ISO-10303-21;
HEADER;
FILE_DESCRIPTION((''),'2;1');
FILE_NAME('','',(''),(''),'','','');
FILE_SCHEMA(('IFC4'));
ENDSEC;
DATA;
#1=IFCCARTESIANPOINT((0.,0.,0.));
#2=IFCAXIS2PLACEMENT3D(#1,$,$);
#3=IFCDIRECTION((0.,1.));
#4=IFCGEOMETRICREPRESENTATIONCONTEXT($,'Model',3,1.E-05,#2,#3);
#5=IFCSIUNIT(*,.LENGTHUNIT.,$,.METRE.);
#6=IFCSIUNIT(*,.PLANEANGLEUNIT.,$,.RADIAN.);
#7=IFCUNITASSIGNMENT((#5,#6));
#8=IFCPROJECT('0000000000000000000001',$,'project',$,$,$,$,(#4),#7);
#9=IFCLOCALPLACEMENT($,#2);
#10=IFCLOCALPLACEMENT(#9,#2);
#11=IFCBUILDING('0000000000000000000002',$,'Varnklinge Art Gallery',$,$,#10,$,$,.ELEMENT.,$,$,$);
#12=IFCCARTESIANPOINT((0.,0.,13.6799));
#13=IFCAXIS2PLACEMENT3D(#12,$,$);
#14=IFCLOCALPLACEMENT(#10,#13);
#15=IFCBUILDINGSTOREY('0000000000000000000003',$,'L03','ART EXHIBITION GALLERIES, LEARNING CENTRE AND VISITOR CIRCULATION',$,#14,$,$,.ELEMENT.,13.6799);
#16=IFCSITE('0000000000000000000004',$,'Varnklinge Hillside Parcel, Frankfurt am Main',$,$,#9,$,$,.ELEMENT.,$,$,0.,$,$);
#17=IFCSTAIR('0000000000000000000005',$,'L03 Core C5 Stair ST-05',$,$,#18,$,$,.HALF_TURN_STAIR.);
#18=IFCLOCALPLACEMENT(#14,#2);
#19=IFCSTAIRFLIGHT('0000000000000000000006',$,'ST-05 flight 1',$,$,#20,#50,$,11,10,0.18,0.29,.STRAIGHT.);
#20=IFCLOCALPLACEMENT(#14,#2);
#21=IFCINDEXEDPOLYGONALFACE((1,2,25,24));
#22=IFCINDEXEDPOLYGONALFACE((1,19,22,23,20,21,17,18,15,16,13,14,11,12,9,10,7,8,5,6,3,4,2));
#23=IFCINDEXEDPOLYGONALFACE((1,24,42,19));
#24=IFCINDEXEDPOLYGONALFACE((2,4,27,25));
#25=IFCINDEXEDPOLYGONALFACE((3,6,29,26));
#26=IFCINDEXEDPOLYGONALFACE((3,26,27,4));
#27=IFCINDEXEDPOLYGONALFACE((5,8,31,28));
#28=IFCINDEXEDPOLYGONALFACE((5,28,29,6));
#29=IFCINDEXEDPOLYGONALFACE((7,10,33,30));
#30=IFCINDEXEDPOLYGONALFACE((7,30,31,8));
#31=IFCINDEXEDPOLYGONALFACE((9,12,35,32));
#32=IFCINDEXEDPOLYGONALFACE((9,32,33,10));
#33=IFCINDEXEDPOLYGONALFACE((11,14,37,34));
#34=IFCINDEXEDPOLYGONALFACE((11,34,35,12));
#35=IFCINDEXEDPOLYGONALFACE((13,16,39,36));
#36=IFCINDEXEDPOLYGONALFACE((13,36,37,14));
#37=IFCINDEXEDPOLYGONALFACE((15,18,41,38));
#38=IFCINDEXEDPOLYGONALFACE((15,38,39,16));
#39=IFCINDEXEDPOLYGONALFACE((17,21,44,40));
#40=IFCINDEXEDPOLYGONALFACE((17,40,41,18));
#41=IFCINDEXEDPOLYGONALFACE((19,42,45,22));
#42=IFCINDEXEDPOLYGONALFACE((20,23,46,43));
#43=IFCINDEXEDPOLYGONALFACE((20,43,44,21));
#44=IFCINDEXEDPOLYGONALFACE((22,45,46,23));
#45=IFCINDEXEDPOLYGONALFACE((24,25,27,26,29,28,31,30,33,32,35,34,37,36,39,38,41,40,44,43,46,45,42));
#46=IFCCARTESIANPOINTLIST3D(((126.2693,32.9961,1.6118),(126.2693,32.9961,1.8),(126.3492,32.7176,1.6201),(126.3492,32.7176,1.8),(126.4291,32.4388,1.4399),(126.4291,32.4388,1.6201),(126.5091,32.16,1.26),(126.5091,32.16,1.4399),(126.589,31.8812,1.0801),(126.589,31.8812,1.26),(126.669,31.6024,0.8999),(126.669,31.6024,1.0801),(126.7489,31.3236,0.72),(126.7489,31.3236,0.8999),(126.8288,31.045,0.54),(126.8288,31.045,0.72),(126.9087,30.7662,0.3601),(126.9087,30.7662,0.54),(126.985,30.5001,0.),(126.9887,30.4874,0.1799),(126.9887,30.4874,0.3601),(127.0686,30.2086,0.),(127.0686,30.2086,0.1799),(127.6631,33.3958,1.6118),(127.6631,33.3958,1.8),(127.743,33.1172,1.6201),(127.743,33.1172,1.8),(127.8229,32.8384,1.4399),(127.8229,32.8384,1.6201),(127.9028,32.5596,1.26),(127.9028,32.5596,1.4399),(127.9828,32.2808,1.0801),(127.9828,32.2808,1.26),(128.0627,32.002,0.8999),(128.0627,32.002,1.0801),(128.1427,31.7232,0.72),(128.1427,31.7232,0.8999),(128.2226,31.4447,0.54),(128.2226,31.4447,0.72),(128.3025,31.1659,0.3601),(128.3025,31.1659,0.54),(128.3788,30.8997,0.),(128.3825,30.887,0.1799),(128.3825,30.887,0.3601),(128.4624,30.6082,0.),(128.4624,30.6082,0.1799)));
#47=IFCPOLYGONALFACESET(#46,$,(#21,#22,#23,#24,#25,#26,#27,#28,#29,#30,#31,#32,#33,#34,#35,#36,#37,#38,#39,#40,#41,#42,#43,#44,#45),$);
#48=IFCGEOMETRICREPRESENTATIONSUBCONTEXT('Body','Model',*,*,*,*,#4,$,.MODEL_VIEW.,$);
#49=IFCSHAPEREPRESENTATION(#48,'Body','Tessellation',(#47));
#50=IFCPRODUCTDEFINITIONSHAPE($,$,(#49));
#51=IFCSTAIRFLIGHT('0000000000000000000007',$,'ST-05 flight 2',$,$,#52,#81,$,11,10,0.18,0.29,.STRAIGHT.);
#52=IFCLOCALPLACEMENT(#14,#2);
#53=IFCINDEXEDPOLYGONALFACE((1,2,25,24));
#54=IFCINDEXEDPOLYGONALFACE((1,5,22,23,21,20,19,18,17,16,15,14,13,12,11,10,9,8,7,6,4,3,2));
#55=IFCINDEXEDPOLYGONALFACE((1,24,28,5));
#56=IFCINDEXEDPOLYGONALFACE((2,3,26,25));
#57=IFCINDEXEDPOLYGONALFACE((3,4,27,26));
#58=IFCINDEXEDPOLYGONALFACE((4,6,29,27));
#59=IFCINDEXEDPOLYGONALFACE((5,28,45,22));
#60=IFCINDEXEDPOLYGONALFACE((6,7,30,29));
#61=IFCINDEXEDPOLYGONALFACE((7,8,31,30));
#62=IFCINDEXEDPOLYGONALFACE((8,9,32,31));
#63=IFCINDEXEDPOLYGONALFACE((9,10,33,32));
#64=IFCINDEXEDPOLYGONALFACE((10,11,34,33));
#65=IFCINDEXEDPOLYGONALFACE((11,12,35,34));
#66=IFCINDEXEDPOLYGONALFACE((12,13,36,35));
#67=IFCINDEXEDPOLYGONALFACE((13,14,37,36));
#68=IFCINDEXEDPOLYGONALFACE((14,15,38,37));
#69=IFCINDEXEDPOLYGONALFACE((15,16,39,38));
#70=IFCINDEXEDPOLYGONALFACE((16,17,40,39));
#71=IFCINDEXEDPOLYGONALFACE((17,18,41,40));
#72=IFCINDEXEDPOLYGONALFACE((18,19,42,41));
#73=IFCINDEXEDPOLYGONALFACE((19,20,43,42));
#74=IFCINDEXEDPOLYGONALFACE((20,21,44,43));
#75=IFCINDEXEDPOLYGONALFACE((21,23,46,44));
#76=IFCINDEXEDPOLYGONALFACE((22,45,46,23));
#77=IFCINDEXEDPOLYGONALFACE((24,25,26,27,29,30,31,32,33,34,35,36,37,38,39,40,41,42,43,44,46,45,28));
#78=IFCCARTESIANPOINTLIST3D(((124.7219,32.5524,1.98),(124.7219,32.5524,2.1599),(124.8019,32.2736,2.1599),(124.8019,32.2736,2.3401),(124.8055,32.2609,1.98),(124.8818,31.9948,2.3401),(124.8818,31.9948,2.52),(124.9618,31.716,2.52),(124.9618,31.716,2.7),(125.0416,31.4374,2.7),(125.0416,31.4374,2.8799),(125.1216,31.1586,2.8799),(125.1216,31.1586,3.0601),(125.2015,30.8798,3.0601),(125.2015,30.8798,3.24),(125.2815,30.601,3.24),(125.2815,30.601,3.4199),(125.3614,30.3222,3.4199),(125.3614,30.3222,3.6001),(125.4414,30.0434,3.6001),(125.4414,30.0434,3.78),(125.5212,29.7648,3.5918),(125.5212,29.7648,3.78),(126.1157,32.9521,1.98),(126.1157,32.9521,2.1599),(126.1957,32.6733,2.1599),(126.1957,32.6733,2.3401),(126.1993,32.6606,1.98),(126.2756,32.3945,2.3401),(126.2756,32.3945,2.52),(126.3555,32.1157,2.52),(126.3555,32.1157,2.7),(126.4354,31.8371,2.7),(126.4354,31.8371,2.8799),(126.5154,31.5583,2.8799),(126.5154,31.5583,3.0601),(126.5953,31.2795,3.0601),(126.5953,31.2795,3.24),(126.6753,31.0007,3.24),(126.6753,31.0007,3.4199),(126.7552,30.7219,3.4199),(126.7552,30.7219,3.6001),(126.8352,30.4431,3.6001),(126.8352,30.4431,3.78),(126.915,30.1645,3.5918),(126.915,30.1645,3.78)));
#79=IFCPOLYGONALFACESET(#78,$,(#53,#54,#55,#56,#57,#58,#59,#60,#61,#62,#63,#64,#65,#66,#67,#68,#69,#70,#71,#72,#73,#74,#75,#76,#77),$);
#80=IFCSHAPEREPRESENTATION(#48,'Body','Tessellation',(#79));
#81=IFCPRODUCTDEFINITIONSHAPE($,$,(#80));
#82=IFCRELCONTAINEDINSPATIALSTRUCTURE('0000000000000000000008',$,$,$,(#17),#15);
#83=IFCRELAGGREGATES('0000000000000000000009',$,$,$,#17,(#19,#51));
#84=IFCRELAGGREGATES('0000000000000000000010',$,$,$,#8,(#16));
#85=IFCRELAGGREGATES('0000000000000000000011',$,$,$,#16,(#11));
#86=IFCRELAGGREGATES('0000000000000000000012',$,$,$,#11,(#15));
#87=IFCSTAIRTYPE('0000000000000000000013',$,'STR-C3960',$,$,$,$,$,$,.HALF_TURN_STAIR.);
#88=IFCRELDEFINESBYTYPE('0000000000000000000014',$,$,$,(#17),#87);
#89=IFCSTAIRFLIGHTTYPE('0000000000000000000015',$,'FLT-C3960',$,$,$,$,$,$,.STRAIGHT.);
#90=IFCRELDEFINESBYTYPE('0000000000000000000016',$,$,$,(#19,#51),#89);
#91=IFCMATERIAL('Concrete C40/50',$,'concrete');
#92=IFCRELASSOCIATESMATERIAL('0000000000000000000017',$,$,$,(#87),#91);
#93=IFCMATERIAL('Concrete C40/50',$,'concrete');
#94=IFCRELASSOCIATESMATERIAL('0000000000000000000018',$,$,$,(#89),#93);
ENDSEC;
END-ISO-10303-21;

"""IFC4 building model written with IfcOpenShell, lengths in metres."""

from ifc_helpers import new_model, si_unit, direction, frame, origin, place, context, subcontext, project, spatial, polyline, outline, extrude, material, type_object, element, aggregate, save


model = new_model("IFC4")

# Units and contexts
model_context = context("Model", 3, precision=1e-05, world=origin(), true_north=direction((0.0, 1.0)))
body_context = subcontext(model_context, "Body", "Model", "MODEL_VIEW")
ifc_project = project(units=[si_unit("LENGTHUNIT", "METRE"), si_unit("PLANEANGLEUNIT", "RADIAN")], contexts=[model_context])

# Site, building, storey
site_placement = place(None, origin())
site = spatial("IfcSite", under=ifc_project, at=site_placement, Name="Varnklinge Hillside Parcel, Frankfurt am Main", CompositionType="ELEMENT", RefElevation=0.0)
building_placement = place(site_placement, origin())
building = spatial("IfcBuilding", under=site, at=building_placement, Name="Varnklinge Art Gallery", CompositionType="ELEMENT")
storey_placement = place(building_placement, frame((0.0, 0.0, 13.6799)))
storey = spatial("IfcBuildingStorey", under=building, at=storey_placement, Name="L03", Description="ART EXHIBITION GALLERIES, LEARNING CENTRE AND VISITOR CIRCULATION", CompositionType="ELEMENT", Elevation=13.6799)

# Stair, stair flights
ifc_material_1 = material(Name="Concrete C40/50", Category="concrete")
stair_type = type_object("IfcStairType", Name="STR-C3960", PredefinedType="HALF_TURN_STAIR", material=ifc_material_1)
stair_placement = place(storey_placement, origin())
stair = element("IfcStair", 1, at=stair_placement, inside=storey, type_object=stair_type, Name="L03 Core C5 Stair ST-05", PredefinedType="HALF_TURN_STAIR")
ifc_material_2 = material(Name="Concrete C40/50", Category="concrete")
stair_flight_type = type_object("IfcStairFlightType", Name="FLT-C3960", PredefinedType="STRAIGHT", material=ifc_material_2)
stair_flight_1_placement = place(storey_placement, frame((127.7656, 30.4084, 0.0), z_axis=(0.0, 0.0, 1.0), x_axis=(-0.275637, 0.961262, 0.0)))
stair_flight_1 = element("IfcStairFlight", 2, at=stair_flight_1_placement, type_object=stair_flight_type, Name="ST-05 flight 1", NumberOfRisers=11, NumberOfTreads=10, PredefinedType="STRAIGHT", RiserHeight=0.18, TreadLength=0.29, context=body_context, shape_type="SweptSolid", body=[
    extrude(outline(polyline([(0.0, 0.0), (0.0, 0.1799), (0.29, 0.1799), (0.29, 0.3601), (0.5801, 0.3601), (0.5801, 0.54), (0.8701, 0.54), (0.8701, 0.72), (1.1599, 0.72), (1.1599, 0.8999), (1.45, 0.8999), (1.45, 1.0801), (1.74, 1.0801), (1.74, 1.26), (2.03, 1.26), (2.03, 1.4399), (2.3201, 1.4399), (2.3201, 1.6201), (2.6101, 1.6201), (2.6101, 1.8), (2.8999, 1.8), (2.8999, 1.98), (2.8999, 1.6118), (0.3032, 0.0), (0.0, 0.0)])), frame((0.0, 0.7251, 0.0), z_axis=(0.0, -1.0, 0.0), x_axis=(1.0, 0.0, 0.0)), (0.0, 0.0, 1.0), 1.45),
])
stair_flight_2_placement = place(storey_placement, frame((125.4187, 32.7522, 1.98), z_axis=(0.0, 0.0, 1.0), x_axis=(0.275637, -0.961262, 0.0)))
stair_flight_2 = element("IfcStairFlight", 3, at=stair_flight_2_placement, type_object=stair_flight_type, Name="ST-05 flight 2", NumberOfRisers=11, NumberOfTreads=10, PredefinedType="STRAIGHT", RiserHeight=0.18, TreadLength=0.29, context=body_context, shape_type="SweptSolid", body=[
    extrude(outline(polyline([(0.0, 0.0), (0.0, 0.1799), (0.29, 0.1799), (0.29, 0.3601), (0.5801, 0.3601), (0.5801, 0.54), (0.8701, 0.54), (0.8701, 0.72), (1.1599, 0.72), (1.1599, 0.8999), (1.45, 0.8999), (1.45, 1.0801), (1.74, 1.0801), (1.74, 1.26), (2.03, 1.26), (2.03, 1.4399), (2.3201, 1.4399), (2.3201, 1.6201), (2.6101, 1.6201), (2.6101, 1.8), (2.8999, 1.8), (2.8999, 1.98), (2.8999, 1.6118), (0.3032, 0.0), (0.0, 0.0)])), frame((0.0, 0.7251, 0.0), z_axis=(0.0, -1.0, 0.0), x_axis=(1.0, 0.0, 0.0)), (0.0, 0.0, 1.0), 1.45),
])
aggregate(stair, [stair_flight_1, stair_flight_2])

save(model, "model.ifc")
